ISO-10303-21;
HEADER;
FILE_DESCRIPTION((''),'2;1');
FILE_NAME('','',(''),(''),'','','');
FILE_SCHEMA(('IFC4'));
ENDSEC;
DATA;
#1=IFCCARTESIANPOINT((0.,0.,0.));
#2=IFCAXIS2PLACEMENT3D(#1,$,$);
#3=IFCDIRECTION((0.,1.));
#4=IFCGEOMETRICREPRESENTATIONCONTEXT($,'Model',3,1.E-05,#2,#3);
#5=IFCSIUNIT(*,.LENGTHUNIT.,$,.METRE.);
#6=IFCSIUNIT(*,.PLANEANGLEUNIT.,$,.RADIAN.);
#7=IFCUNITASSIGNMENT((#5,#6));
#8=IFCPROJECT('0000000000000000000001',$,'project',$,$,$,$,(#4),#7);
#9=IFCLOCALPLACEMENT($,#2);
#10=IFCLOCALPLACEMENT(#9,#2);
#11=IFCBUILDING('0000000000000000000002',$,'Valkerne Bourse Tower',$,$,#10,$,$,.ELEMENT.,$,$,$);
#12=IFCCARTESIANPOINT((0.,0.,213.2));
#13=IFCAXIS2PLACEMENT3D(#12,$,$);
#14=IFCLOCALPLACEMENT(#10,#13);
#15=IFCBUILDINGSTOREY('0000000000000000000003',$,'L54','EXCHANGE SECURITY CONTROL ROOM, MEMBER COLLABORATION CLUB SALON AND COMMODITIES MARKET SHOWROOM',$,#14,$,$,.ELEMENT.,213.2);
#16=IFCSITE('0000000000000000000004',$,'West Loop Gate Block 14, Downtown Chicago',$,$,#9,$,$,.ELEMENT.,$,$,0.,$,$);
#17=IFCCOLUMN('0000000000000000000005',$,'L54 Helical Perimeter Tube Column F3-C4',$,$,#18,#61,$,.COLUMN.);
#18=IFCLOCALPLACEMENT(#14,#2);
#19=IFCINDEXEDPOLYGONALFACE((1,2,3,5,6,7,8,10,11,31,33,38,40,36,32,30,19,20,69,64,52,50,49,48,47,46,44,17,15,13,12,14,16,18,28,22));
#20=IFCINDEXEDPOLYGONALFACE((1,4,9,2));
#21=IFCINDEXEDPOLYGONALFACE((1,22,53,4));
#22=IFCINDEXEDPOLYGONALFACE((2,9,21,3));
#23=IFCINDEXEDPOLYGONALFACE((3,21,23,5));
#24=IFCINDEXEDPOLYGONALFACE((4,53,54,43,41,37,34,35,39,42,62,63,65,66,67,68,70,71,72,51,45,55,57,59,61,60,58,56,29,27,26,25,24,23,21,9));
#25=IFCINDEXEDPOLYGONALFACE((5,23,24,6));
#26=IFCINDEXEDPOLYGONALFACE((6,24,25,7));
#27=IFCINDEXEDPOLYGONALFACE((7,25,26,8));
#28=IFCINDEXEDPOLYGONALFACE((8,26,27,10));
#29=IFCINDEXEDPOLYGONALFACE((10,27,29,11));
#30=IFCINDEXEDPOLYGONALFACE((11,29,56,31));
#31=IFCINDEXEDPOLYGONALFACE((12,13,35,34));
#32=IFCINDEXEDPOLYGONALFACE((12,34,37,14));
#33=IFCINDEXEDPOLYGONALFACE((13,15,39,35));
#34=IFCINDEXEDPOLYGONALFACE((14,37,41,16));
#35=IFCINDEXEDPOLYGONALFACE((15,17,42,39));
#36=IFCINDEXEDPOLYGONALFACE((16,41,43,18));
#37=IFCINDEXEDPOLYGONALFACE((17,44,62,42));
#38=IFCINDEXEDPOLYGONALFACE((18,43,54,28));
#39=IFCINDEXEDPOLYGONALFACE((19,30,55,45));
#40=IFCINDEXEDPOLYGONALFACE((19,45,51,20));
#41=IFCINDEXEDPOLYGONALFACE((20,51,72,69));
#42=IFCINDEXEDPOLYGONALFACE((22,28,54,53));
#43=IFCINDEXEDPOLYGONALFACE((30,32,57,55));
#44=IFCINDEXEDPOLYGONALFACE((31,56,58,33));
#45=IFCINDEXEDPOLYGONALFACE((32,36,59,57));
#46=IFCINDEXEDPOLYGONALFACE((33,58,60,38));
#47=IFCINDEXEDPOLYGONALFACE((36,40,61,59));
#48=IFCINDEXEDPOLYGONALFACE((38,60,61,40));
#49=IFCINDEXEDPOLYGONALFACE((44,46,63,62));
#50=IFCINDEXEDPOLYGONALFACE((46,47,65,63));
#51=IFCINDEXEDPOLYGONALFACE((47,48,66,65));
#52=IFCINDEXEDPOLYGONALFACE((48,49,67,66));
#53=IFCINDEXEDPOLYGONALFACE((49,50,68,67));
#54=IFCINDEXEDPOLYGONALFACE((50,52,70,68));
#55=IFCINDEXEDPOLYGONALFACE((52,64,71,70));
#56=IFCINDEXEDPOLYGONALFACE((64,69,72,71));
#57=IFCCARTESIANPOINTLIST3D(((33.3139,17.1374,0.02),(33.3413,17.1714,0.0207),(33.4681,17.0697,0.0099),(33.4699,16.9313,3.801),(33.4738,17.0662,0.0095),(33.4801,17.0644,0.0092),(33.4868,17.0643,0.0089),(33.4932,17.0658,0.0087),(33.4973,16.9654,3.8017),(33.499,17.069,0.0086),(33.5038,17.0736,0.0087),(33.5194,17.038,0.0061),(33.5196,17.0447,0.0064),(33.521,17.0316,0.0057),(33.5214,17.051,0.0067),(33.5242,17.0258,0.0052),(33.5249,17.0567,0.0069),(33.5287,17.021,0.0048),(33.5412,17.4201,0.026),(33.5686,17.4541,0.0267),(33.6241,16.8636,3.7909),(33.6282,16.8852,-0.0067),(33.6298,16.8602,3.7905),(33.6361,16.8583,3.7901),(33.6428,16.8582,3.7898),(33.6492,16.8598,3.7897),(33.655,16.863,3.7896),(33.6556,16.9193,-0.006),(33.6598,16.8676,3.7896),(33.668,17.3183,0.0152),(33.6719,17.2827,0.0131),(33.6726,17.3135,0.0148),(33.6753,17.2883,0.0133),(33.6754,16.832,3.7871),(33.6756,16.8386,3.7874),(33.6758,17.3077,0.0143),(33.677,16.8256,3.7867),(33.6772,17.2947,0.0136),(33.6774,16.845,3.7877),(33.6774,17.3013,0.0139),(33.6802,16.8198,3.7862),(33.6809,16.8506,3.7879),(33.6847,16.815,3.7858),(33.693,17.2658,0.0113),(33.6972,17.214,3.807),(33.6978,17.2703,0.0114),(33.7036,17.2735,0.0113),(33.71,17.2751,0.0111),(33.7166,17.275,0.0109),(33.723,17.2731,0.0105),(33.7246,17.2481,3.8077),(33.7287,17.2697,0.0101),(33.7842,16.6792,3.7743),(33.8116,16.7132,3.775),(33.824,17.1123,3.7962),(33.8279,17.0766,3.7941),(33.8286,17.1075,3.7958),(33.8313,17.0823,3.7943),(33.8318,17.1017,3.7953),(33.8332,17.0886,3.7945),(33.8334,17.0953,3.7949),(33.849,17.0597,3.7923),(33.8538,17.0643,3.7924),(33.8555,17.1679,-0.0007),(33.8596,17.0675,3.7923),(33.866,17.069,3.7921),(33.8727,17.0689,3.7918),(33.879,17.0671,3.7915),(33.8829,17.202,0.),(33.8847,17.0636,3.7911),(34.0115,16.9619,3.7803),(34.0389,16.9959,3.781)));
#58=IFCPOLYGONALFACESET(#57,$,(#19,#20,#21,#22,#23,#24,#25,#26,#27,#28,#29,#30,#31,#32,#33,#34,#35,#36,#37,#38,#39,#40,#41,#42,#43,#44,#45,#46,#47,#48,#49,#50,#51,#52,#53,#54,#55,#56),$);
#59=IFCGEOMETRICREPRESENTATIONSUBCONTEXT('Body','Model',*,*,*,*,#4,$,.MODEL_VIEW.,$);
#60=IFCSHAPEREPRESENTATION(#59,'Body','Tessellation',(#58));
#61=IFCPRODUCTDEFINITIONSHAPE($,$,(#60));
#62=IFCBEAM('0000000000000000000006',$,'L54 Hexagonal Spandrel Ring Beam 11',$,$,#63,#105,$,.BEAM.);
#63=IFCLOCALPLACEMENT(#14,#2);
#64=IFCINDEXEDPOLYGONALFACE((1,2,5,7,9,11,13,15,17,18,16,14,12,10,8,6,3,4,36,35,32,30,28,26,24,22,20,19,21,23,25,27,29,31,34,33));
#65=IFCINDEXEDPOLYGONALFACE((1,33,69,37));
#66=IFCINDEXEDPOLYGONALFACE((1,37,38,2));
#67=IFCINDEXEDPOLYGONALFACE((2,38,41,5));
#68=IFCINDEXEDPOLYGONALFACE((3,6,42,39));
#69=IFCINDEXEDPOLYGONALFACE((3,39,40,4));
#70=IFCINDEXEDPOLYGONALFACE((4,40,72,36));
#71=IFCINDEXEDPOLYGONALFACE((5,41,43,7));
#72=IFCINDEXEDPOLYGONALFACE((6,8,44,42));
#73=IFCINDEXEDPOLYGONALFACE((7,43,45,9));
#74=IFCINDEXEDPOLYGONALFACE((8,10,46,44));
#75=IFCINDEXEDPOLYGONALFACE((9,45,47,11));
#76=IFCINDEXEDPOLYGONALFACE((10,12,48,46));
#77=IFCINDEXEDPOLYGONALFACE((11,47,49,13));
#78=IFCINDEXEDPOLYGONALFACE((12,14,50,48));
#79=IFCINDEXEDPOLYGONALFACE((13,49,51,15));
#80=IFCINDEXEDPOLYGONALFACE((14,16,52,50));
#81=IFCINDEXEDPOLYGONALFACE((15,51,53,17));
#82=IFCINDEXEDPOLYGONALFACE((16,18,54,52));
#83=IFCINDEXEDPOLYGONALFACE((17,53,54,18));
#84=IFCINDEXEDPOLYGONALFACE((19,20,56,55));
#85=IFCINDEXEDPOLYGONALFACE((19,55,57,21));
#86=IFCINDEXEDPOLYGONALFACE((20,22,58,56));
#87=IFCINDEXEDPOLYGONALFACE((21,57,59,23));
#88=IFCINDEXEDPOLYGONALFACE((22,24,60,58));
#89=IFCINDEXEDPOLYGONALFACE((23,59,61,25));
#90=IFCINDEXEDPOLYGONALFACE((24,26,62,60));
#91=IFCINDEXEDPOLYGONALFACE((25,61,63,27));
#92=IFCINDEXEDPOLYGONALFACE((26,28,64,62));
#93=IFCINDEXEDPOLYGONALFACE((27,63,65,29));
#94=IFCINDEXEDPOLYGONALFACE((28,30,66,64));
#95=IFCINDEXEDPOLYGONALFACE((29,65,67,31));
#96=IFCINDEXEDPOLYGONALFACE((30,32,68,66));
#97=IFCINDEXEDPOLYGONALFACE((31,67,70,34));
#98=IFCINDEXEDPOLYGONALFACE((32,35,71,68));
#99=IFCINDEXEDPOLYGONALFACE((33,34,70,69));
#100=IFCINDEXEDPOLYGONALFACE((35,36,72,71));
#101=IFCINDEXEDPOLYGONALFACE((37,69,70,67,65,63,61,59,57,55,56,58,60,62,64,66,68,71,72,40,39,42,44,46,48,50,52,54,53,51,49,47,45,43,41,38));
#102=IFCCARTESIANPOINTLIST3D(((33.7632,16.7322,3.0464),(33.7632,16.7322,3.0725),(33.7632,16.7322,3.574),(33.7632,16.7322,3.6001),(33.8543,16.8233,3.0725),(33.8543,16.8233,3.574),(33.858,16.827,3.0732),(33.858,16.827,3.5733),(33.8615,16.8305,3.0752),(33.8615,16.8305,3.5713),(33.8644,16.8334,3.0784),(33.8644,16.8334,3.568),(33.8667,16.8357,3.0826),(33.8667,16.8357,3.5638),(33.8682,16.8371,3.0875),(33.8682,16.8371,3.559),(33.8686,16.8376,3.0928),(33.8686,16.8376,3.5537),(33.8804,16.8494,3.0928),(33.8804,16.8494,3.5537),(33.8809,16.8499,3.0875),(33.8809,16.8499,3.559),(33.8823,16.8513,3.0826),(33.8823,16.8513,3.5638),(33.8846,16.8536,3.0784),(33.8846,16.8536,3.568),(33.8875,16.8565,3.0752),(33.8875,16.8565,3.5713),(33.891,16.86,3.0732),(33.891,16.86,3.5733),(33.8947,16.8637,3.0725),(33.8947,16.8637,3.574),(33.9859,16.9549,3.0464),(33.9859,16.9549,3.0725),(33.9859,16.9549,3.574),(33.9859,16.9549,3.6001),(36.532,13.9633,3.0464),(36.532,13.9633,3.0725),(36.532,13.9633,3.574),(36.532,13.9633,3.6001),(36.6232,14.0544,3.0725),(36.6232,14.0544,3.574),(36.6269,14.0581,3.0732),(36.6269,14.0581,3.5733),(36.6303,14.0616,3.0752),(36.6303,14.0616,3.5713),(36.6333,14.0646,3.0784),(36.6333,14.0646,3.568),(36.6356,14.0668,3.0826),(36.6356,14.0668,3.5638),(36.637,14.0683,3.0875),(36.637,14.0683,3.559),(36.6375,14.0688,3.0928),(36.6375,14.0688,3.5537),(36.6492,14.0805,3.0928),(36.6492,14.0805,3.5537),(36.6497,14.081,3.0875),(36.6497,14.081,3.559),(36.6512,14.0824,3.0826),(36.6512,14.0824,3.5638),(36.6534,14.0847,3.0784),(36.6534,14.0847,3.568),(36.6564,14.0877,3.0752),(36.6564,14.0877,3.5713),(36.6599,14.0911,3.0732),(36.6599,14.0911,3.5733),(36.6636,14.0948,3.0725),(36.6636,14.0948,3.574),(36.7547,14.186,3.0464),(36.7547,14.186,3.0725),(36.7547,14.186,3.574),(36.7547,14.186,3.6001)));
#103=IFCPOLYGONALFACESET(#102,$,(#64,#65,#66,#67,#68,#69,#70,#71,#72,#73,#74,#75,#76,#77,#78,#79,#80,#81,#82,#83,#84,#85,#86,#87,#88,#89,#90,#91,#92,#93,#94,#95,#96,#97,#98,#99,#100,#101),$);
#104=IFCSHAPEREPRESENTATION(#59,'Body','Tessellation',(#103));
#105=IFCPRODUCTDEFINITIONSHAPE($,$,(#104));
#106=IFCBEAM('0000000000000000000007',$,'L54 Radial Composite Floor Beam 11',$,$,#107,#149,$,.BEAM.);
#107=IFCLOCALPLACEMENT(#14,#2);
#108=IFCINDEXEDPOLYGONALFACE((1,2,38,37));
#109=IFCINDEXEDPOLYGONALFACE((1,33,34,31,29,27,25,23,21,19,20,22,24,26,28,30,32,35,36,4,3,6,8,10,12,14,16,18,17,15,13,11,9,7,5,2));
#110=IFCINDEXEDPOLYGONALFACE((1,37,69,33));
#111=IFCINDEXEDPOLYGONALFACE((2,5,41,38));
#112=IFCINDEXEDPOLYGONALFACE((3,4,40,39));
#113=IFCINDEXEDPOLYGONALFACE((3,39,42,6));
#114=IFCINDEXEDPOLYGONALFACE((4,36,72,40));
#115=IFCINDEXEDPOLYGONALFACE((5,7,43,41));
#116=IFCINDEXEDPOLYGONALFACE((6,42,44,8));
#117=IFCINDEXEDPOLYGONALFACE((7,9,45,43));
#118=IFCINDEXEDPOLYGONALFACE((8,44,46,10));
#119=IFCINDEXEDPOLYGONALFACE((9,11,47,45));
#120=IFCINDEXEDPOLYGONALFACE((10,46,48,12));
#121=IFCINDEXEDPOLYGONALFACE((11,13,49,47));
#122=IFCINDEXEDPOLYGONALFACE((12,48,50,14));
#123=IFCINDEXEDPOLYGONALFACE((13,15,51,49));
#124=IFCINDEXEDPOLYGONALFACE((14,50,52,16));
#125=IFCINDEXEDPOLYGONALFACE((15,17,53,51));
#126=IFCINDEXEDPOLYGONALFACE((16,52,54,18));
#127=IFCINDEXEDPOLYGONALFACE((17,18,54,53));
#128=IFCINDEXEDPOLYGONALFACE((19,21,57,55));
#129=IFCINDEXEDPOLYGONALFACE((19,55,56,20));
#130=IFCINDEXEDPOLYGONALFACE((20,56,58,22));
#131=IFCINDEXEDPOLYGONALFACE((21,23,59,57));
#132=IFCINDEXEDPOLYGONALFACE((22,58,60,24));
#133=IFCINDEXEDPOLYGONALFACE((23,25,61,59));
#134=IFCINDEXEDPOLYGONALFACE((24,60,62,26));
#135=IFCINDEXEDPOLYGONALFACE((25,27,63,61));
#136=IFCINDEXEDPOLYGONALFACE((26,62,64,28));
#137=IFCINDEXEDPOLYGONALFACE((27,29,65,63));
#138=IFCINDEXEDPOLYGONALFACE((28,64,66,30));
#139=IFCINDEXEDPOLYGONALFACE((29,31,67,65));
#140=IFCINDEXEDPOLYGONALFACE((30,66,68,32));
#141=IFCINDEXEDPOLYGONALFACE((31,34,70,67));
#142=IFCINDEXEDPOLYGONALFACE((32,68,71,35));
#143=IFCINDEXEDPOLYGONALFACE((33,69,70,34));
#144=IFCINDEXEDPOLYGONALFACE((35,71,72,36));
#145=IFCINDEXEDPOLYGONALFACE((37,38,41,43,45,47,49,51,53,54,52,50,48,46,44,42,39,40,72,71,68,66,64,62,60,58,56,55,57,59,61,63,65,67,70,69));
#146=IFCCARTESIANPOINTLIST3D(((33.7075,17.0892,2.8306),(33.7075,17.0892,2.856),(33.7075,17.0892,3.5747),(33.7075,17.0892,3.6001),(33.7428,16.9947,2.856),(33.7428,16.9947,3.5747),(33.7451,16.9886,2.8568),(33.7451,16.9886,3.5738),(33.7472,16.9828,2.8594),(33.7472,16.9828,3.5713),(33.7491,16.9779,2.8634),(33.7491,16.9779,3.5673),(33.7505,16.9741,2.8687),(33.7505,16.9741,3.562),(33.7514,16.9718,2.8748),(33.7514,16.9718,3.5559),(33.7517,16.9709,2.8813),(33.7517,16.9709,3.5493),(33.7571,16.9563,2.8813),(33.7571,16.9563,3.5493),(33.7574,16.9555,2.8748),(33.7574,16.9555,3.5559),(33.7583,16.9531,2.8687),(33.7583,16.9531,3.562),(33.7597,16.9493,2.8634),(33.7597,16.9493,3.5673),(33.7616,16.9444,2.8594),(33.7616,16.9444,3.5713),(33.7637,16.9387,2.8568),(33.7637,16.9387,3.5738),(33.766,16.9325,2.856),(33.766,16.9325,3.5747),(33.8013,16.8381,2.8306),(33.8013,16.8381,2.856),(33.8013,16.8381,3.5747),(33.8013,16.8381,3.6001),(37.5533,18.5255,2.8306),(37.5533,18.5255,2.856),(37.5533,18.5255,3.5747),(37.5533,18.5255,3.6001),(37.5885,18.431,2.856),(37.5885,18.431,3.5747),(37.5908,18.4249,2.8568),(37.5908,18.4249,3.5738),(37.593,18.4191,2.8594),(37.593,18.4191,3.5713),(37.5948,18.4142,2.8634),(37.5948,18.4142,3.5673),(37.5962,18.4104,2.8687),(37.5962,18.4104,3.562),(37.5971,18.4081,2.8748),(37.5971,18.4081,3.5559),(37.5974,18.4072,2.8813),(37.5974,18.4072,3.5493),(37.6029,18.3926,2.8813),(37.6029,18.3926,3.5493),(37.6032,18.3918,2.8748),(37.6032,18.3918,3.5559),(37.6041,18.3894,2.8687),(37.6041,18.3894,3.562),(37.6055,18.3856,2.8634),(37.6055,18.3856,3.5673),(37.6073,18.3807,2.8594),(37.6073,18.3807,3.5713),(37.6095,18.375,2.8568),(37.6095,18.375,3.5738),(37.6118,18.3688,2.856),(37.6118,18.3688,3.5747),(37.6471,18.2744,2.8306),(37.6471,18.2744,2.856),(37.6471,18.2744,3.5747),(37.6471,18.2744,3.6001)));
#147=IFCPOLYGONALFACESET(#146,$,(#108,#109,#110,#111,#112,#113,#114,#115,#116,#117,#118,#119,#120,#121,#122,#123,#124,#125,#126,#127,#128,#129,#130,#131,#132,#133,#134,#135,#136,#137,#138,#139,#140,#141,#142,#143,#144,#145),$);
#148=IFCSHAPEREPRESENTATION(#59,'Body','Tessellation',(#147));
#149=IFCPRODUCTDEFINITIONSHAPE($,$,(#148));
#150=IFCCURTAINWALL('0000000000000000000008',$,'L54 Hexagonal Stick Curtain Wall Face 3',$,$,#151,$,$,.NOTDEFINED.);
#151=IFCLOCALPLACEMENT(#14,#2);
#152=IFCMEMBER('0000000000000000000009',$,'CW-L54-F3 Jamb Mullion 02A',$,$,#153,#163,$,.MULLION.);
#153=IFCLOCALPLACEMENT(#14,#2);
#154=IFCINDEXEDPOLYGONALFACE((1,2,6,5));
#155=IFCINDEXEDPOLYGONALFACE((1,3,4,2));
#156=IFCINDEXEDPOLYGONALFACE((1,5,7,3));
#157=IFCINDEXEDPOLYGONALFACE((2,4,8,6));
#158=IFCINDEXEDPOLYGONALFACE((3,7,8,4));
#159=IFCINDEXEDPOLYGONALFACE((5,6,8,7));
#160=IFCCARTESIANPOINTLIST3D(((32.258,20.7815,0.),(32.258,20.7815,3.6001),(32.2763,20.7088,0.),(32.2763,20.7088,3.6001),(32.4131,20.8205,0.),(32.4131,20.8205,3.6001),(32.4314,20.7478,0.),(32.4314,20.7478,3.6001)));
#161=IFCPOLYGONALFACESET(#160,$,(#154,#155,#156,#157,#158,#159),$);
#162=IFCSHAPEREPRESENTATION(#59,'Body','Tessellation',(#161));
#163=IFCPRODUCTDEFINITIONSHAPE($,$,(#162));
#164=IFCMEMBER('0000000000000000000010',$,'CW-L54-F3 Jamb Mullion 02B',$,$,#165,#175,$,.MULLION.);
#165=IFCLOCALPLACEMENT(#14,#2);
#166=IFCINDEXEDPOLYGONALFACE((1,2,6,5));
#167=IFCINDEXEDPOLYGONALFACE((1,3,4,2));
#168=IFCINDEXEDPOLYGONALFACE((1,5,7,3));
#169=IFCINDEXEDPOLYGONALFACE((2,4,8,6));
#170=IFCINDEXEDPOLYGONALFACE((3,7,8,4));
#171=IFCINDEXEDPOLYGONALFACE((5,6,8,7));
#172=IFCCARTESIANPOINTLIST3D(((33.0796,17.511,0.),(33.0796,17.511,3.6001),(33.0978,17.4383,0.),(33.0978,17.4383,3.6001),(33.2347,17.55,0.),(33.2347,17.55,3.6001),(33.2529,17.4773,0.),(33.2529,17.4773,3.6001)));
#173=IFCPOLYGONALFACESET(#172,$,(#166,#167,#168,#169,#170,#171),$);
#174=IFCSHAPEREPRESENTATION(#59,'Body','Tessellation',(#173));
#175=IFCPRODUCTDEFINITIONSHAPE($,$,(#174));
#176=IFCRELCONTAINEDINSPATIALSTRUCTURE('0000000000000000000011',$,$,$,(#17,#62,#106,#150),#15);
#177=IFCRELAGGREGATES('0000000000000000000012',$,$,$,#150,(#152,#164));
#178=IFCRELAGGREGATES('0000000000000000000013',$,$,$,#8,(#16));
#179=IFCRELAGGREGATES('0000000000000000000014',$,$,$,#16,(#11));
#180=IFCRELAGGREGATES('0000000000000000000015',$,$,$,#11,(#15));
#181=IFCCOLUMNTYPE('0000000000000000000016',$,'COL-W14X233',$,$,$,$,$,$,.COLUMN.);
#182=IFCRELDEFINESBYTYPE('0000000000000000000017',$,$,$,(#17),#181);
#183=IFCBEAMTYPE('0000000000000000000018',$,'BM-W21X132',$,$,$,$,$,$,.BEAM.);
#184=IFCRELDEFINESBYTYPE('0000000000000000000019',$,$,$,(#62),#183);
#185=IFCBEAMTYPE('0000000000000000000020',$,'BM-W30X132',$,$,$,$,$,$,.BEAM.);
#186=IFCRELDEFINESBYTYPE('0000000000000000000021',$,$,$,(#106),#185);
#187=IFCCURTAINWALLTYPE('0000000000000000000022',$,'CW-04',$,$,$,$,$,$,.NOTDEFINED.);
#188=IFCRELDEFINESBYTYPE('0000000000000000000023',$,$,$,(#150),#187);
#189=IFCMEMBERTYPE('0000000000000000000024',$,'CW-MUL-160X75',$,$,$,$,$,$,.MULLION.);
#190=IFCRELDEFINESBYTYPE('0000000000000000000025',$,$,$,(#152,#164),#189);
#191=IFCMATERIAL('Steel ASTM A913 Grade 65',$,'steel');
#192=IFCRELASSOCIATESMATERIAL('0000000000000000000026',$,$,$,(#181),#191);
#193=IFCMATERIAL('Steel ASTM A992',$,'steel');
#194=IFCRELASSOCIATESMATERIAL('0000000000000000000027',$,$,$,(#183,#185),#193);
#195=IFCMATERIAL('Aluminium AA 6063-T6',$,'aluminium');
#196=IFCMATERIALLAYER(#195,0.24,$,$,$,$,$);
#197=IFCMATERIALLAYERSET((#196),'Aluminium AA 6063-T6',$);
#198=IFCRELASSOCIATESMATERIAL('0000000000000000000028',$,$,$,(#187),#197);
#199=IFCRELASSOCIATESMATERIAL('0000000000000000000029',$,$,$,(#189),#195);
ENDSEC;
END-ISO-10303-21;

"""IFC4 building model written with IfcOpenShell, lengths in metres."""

from ifc_helpers import new_model, si_unit, direction, frame, origin, origin_2d, place, context, subcontext, project, spatial, rectangle, i_section, extrude, material, layer, layer_set, material_profile, profile_set, type_object, element, aggregate, save


model = new_model("IFC4")

# Units and contexts
model_context = context("Model", 3, precision=1e-05, world=origin(), true_north=direction((0.0, 1.0)))
body_context = subcontext(model_context, "Body", "Model", "MODEL_VIEW")
ifc_project = project(units=[si_unit("LENGTHUNIT", "METRE"), si_unit("PLANEANGLEUNIT", "RADIAN")], contexts=[model_context])

# Site, building, storey
site_placement = place(None, origin())
site = spatial("IfcSite", under=ifc_project, at=site_placement, Name="West Loop Gate Block 14, Downtown Chicago", CompositionType="ELEMENT", RefElevation=0.0)
building_placement = place(site_placement, origin())
building = spatial("IfcBuilding", under=site, at=building_placement, Name="Valkerne Bourse Tower", CompositionType="ELEMENT")
storey_placement = place(building_placement, frame((0.0, 0.0, 213.2)))
storey = spatial("IfcBuildingStorey", under=building, at=storey_placement, Name="L54", Description="EXCHANGE SECURITY CONTROL ROOM, MEMBER COLLABORATION CLUB SALON AND COMMODITIES MARKET SHOWROOM", CompositionType="ELEMENT", Elevation=213.2)

# Column
ifc_material_1 = material(Name="Steel ASTM A913 Grade 65", Category="steel")
ifc_material_profile_1 = material_profile(ifc_material_1, i_section(OverallWidth=0.4038, OverallDepth=0.4065, WebThickness=0.0271, FlangeThickness=0.0437, FilletRadius=0.0254, at=origin_2d()), Name="W14X233")
ifc_profile_set_1 = profile_set([ifc_material_profile_1], Name="Steel ASTM A913 Grade 65")
column_type = type_object("IfcColumnType", Name="COL-W14X233", PredefinedType="COLUMN", material=ifc_profile_set_1)
column_placement = place(storey_placement, frame((33.5984, 17.1697, 0.01), z_axis=(0.041164, -0.05437, 0.997672), x_axis=(0.7783, -0.6244, -0.066141)))
element("IfcColumn", 1, at=column_placement, inside=storey, type_object=column_type, Name="L54 Helical Perimeter Tube Column F3-C4", PredefinedType="COLUMN", context=body_context, shape_type="SweptSolid", body=[
    extrude(i_section(OverallWidth=0.4038, OverallDepth=0.4065, WebThickness=0.0271, FlangeThickness=0.0437, FilletRadius=0.0254, at=origin_2d()), origin(), (0.0, 0.0, 1.0), 3.7898),
])

# Beams
ifc_material_2 = material(Name="Steel ASTM A992", Category="steel")
ifc_material_profile_2 = material_profile(ifc_material_2, i_section(OverallWidth=0.3149, OverallDepth=0.5537, WebThickness=0.0166, FlangeThickness=0.0261, FilletRadius=0.0203, at=origin_2d()), Name="W21X132")
ifc_profile_set_2 = profile_set([ifc_material_profile_2], Name="Steel ASTM A992")
beam_type_1 = type_object("IfcBeamType", Name="BM-W21X132", PredefinedType="BEAM", material=ifc_profile_set_2)
beam_1_placement = place(storey_placement, frame((33.8745, 16.8435, 3.3232), z_axis=(0.707107, -0.707107, 0.0), x_axis=(0.707107, 0.707107, 0.0)))
element("IfcBeam", 2, at=beam_1_placement, inside=storey, type_object=beam_type_1, Name="L54 Hexagonal Spandrel Ring Beam 11", PredefinedType="BEAM", context=body_context, shape_type="SweptSolid", body=[
    extrude(i_section(OverallWidth=0.3149, OverallDepth=0.5537, WebThickness=0.0166, FlangeThickness=0.0261, FilletRadius=0.0203, at=origin_2d()), origin(), (0.0, 0.0, 1.0), 3.9158),
])
ifc_material_profile_3 = material_profile(ifc_material_2, i_section(OverallWidth=0.2681, OverallDepth=0.7695, WebThickness=0.0156, FlangeThickness=0.0254, FilletRadius=0.0254, at=origin_2d()), Name="W30X132")
ifc_profile_set_3 = profile_set([ifc_material_profile_3], Name="Steel ASTM A992")
beam_type_2 = type_object("IfcBeamType", Name="BM-W30X132", PredefinedType="BEAM", material=ifc_profile_set_3)
beam_2_placement = place(storey_placement, frame((33.7544, 16.9636, 3.2153), z_axis=(0.936798, 0.349872, 0.0), x_axis=(-0.349872, 0.936798, 0.0)))
element("IfcBeam", 3, at=beam_2_placement, inside=storey, type_object=beam_type_2, Name="L54 Radial Composite Floor Beam 11", PredefinedType="BEAM", context=body_context, shape_type="SweptSolid", body=[
    extrude(i_section(OverallWidth=0.2681, OverallDepth=0.7695, WebThickness=0.0156, FlangeThickness=0.0254, FilletRadius=0.0254, at=origin_2d()), origin(), (0.0, 0.0, 1.0), 4.1052),
])

# Curtain wall, members
ifc_material_3 = material(Name="Aluminium AA 6063-T6", Category="aluminium")
ifc_layer_1 = layer(ifc_material_3, 0.24)
ifc_layer_set_1 = layer_set([ifc_layer_1], Name="Aluminium AA 6063-T6")
curtain_wall_type = type_object("IfcCurtainWallType", Name="CW-04", PredefinedType="NOTDEFINED", material=ifc_layer_set_1)
curtain_wall_placement = place(storey_placement, origin())
curtain_wall = element("IfcCurtainWall", 4, at=curtain_wall_placement, inside=storey, type_object=curtain_wall_type, Name="L54 Hexagonal Stick Curtain Wall Face 3", PredefinedType="NOTDEFINED")
ifc_material_profile_4 = material_profile(ifc_material_3, rectangle(XDim=0.075, YDim=0.1599, at=origin_2d()), Name="CWM-75X160")
ifc_profile_set_4 = profile_set([ifc_material_profile_4], Name="Aluminium AA 6063-T6")
member_type_1 = type_object("IfcMemberType", Name="CW-MUL-160X75", PredefinedType="MULLION", material=ifc_profile_set_4)
member_1_placement = place(storey_placement, frame((32.3447, 20.7646, 0.0), z_axis=(0.0, 0.0, 1.0), x_axis=(0.243614, -0.969872, 0.0)))
member_1 = element("IfcMember", 5, at=member_1_placement, type_object=member_type_1, Name="CW-L54-F3 Jamb Mullion 02A", PredefinedType="MULLION", context=body_context, shape_type="SweptSolid", body=[
    extrude(rectangle(XDim=0.075, YDim=0.1599, at=origin_2d()), origin(), (0.0, 0.0, 1.0), 3.6001),
])
member_2_placement = place(storey_placement, frame((33.1663, 17.4941, 0.0), z_axis=(0.0, 0.0, 1.0), x_axis=(0.243614, -0.969872, 0.0)))
member_2 = element("IfcMember", 6, at=member_2_placement, type_object=member_type_1, Name="CW-L54-F3 Jamb Mullion 02B", PredefinedType="MULLION", context=body_context, shape_type="SweptSolid", body=[
    extrude(rectangle(XDim=0.075, YDim=0.1599, at=origin_2d()), origin(), (0.0, 0.0, 1.0), 3.6001),
])

aggregate(curtain_wall, [member_1, member_2])

save(model, "model.ifc")
